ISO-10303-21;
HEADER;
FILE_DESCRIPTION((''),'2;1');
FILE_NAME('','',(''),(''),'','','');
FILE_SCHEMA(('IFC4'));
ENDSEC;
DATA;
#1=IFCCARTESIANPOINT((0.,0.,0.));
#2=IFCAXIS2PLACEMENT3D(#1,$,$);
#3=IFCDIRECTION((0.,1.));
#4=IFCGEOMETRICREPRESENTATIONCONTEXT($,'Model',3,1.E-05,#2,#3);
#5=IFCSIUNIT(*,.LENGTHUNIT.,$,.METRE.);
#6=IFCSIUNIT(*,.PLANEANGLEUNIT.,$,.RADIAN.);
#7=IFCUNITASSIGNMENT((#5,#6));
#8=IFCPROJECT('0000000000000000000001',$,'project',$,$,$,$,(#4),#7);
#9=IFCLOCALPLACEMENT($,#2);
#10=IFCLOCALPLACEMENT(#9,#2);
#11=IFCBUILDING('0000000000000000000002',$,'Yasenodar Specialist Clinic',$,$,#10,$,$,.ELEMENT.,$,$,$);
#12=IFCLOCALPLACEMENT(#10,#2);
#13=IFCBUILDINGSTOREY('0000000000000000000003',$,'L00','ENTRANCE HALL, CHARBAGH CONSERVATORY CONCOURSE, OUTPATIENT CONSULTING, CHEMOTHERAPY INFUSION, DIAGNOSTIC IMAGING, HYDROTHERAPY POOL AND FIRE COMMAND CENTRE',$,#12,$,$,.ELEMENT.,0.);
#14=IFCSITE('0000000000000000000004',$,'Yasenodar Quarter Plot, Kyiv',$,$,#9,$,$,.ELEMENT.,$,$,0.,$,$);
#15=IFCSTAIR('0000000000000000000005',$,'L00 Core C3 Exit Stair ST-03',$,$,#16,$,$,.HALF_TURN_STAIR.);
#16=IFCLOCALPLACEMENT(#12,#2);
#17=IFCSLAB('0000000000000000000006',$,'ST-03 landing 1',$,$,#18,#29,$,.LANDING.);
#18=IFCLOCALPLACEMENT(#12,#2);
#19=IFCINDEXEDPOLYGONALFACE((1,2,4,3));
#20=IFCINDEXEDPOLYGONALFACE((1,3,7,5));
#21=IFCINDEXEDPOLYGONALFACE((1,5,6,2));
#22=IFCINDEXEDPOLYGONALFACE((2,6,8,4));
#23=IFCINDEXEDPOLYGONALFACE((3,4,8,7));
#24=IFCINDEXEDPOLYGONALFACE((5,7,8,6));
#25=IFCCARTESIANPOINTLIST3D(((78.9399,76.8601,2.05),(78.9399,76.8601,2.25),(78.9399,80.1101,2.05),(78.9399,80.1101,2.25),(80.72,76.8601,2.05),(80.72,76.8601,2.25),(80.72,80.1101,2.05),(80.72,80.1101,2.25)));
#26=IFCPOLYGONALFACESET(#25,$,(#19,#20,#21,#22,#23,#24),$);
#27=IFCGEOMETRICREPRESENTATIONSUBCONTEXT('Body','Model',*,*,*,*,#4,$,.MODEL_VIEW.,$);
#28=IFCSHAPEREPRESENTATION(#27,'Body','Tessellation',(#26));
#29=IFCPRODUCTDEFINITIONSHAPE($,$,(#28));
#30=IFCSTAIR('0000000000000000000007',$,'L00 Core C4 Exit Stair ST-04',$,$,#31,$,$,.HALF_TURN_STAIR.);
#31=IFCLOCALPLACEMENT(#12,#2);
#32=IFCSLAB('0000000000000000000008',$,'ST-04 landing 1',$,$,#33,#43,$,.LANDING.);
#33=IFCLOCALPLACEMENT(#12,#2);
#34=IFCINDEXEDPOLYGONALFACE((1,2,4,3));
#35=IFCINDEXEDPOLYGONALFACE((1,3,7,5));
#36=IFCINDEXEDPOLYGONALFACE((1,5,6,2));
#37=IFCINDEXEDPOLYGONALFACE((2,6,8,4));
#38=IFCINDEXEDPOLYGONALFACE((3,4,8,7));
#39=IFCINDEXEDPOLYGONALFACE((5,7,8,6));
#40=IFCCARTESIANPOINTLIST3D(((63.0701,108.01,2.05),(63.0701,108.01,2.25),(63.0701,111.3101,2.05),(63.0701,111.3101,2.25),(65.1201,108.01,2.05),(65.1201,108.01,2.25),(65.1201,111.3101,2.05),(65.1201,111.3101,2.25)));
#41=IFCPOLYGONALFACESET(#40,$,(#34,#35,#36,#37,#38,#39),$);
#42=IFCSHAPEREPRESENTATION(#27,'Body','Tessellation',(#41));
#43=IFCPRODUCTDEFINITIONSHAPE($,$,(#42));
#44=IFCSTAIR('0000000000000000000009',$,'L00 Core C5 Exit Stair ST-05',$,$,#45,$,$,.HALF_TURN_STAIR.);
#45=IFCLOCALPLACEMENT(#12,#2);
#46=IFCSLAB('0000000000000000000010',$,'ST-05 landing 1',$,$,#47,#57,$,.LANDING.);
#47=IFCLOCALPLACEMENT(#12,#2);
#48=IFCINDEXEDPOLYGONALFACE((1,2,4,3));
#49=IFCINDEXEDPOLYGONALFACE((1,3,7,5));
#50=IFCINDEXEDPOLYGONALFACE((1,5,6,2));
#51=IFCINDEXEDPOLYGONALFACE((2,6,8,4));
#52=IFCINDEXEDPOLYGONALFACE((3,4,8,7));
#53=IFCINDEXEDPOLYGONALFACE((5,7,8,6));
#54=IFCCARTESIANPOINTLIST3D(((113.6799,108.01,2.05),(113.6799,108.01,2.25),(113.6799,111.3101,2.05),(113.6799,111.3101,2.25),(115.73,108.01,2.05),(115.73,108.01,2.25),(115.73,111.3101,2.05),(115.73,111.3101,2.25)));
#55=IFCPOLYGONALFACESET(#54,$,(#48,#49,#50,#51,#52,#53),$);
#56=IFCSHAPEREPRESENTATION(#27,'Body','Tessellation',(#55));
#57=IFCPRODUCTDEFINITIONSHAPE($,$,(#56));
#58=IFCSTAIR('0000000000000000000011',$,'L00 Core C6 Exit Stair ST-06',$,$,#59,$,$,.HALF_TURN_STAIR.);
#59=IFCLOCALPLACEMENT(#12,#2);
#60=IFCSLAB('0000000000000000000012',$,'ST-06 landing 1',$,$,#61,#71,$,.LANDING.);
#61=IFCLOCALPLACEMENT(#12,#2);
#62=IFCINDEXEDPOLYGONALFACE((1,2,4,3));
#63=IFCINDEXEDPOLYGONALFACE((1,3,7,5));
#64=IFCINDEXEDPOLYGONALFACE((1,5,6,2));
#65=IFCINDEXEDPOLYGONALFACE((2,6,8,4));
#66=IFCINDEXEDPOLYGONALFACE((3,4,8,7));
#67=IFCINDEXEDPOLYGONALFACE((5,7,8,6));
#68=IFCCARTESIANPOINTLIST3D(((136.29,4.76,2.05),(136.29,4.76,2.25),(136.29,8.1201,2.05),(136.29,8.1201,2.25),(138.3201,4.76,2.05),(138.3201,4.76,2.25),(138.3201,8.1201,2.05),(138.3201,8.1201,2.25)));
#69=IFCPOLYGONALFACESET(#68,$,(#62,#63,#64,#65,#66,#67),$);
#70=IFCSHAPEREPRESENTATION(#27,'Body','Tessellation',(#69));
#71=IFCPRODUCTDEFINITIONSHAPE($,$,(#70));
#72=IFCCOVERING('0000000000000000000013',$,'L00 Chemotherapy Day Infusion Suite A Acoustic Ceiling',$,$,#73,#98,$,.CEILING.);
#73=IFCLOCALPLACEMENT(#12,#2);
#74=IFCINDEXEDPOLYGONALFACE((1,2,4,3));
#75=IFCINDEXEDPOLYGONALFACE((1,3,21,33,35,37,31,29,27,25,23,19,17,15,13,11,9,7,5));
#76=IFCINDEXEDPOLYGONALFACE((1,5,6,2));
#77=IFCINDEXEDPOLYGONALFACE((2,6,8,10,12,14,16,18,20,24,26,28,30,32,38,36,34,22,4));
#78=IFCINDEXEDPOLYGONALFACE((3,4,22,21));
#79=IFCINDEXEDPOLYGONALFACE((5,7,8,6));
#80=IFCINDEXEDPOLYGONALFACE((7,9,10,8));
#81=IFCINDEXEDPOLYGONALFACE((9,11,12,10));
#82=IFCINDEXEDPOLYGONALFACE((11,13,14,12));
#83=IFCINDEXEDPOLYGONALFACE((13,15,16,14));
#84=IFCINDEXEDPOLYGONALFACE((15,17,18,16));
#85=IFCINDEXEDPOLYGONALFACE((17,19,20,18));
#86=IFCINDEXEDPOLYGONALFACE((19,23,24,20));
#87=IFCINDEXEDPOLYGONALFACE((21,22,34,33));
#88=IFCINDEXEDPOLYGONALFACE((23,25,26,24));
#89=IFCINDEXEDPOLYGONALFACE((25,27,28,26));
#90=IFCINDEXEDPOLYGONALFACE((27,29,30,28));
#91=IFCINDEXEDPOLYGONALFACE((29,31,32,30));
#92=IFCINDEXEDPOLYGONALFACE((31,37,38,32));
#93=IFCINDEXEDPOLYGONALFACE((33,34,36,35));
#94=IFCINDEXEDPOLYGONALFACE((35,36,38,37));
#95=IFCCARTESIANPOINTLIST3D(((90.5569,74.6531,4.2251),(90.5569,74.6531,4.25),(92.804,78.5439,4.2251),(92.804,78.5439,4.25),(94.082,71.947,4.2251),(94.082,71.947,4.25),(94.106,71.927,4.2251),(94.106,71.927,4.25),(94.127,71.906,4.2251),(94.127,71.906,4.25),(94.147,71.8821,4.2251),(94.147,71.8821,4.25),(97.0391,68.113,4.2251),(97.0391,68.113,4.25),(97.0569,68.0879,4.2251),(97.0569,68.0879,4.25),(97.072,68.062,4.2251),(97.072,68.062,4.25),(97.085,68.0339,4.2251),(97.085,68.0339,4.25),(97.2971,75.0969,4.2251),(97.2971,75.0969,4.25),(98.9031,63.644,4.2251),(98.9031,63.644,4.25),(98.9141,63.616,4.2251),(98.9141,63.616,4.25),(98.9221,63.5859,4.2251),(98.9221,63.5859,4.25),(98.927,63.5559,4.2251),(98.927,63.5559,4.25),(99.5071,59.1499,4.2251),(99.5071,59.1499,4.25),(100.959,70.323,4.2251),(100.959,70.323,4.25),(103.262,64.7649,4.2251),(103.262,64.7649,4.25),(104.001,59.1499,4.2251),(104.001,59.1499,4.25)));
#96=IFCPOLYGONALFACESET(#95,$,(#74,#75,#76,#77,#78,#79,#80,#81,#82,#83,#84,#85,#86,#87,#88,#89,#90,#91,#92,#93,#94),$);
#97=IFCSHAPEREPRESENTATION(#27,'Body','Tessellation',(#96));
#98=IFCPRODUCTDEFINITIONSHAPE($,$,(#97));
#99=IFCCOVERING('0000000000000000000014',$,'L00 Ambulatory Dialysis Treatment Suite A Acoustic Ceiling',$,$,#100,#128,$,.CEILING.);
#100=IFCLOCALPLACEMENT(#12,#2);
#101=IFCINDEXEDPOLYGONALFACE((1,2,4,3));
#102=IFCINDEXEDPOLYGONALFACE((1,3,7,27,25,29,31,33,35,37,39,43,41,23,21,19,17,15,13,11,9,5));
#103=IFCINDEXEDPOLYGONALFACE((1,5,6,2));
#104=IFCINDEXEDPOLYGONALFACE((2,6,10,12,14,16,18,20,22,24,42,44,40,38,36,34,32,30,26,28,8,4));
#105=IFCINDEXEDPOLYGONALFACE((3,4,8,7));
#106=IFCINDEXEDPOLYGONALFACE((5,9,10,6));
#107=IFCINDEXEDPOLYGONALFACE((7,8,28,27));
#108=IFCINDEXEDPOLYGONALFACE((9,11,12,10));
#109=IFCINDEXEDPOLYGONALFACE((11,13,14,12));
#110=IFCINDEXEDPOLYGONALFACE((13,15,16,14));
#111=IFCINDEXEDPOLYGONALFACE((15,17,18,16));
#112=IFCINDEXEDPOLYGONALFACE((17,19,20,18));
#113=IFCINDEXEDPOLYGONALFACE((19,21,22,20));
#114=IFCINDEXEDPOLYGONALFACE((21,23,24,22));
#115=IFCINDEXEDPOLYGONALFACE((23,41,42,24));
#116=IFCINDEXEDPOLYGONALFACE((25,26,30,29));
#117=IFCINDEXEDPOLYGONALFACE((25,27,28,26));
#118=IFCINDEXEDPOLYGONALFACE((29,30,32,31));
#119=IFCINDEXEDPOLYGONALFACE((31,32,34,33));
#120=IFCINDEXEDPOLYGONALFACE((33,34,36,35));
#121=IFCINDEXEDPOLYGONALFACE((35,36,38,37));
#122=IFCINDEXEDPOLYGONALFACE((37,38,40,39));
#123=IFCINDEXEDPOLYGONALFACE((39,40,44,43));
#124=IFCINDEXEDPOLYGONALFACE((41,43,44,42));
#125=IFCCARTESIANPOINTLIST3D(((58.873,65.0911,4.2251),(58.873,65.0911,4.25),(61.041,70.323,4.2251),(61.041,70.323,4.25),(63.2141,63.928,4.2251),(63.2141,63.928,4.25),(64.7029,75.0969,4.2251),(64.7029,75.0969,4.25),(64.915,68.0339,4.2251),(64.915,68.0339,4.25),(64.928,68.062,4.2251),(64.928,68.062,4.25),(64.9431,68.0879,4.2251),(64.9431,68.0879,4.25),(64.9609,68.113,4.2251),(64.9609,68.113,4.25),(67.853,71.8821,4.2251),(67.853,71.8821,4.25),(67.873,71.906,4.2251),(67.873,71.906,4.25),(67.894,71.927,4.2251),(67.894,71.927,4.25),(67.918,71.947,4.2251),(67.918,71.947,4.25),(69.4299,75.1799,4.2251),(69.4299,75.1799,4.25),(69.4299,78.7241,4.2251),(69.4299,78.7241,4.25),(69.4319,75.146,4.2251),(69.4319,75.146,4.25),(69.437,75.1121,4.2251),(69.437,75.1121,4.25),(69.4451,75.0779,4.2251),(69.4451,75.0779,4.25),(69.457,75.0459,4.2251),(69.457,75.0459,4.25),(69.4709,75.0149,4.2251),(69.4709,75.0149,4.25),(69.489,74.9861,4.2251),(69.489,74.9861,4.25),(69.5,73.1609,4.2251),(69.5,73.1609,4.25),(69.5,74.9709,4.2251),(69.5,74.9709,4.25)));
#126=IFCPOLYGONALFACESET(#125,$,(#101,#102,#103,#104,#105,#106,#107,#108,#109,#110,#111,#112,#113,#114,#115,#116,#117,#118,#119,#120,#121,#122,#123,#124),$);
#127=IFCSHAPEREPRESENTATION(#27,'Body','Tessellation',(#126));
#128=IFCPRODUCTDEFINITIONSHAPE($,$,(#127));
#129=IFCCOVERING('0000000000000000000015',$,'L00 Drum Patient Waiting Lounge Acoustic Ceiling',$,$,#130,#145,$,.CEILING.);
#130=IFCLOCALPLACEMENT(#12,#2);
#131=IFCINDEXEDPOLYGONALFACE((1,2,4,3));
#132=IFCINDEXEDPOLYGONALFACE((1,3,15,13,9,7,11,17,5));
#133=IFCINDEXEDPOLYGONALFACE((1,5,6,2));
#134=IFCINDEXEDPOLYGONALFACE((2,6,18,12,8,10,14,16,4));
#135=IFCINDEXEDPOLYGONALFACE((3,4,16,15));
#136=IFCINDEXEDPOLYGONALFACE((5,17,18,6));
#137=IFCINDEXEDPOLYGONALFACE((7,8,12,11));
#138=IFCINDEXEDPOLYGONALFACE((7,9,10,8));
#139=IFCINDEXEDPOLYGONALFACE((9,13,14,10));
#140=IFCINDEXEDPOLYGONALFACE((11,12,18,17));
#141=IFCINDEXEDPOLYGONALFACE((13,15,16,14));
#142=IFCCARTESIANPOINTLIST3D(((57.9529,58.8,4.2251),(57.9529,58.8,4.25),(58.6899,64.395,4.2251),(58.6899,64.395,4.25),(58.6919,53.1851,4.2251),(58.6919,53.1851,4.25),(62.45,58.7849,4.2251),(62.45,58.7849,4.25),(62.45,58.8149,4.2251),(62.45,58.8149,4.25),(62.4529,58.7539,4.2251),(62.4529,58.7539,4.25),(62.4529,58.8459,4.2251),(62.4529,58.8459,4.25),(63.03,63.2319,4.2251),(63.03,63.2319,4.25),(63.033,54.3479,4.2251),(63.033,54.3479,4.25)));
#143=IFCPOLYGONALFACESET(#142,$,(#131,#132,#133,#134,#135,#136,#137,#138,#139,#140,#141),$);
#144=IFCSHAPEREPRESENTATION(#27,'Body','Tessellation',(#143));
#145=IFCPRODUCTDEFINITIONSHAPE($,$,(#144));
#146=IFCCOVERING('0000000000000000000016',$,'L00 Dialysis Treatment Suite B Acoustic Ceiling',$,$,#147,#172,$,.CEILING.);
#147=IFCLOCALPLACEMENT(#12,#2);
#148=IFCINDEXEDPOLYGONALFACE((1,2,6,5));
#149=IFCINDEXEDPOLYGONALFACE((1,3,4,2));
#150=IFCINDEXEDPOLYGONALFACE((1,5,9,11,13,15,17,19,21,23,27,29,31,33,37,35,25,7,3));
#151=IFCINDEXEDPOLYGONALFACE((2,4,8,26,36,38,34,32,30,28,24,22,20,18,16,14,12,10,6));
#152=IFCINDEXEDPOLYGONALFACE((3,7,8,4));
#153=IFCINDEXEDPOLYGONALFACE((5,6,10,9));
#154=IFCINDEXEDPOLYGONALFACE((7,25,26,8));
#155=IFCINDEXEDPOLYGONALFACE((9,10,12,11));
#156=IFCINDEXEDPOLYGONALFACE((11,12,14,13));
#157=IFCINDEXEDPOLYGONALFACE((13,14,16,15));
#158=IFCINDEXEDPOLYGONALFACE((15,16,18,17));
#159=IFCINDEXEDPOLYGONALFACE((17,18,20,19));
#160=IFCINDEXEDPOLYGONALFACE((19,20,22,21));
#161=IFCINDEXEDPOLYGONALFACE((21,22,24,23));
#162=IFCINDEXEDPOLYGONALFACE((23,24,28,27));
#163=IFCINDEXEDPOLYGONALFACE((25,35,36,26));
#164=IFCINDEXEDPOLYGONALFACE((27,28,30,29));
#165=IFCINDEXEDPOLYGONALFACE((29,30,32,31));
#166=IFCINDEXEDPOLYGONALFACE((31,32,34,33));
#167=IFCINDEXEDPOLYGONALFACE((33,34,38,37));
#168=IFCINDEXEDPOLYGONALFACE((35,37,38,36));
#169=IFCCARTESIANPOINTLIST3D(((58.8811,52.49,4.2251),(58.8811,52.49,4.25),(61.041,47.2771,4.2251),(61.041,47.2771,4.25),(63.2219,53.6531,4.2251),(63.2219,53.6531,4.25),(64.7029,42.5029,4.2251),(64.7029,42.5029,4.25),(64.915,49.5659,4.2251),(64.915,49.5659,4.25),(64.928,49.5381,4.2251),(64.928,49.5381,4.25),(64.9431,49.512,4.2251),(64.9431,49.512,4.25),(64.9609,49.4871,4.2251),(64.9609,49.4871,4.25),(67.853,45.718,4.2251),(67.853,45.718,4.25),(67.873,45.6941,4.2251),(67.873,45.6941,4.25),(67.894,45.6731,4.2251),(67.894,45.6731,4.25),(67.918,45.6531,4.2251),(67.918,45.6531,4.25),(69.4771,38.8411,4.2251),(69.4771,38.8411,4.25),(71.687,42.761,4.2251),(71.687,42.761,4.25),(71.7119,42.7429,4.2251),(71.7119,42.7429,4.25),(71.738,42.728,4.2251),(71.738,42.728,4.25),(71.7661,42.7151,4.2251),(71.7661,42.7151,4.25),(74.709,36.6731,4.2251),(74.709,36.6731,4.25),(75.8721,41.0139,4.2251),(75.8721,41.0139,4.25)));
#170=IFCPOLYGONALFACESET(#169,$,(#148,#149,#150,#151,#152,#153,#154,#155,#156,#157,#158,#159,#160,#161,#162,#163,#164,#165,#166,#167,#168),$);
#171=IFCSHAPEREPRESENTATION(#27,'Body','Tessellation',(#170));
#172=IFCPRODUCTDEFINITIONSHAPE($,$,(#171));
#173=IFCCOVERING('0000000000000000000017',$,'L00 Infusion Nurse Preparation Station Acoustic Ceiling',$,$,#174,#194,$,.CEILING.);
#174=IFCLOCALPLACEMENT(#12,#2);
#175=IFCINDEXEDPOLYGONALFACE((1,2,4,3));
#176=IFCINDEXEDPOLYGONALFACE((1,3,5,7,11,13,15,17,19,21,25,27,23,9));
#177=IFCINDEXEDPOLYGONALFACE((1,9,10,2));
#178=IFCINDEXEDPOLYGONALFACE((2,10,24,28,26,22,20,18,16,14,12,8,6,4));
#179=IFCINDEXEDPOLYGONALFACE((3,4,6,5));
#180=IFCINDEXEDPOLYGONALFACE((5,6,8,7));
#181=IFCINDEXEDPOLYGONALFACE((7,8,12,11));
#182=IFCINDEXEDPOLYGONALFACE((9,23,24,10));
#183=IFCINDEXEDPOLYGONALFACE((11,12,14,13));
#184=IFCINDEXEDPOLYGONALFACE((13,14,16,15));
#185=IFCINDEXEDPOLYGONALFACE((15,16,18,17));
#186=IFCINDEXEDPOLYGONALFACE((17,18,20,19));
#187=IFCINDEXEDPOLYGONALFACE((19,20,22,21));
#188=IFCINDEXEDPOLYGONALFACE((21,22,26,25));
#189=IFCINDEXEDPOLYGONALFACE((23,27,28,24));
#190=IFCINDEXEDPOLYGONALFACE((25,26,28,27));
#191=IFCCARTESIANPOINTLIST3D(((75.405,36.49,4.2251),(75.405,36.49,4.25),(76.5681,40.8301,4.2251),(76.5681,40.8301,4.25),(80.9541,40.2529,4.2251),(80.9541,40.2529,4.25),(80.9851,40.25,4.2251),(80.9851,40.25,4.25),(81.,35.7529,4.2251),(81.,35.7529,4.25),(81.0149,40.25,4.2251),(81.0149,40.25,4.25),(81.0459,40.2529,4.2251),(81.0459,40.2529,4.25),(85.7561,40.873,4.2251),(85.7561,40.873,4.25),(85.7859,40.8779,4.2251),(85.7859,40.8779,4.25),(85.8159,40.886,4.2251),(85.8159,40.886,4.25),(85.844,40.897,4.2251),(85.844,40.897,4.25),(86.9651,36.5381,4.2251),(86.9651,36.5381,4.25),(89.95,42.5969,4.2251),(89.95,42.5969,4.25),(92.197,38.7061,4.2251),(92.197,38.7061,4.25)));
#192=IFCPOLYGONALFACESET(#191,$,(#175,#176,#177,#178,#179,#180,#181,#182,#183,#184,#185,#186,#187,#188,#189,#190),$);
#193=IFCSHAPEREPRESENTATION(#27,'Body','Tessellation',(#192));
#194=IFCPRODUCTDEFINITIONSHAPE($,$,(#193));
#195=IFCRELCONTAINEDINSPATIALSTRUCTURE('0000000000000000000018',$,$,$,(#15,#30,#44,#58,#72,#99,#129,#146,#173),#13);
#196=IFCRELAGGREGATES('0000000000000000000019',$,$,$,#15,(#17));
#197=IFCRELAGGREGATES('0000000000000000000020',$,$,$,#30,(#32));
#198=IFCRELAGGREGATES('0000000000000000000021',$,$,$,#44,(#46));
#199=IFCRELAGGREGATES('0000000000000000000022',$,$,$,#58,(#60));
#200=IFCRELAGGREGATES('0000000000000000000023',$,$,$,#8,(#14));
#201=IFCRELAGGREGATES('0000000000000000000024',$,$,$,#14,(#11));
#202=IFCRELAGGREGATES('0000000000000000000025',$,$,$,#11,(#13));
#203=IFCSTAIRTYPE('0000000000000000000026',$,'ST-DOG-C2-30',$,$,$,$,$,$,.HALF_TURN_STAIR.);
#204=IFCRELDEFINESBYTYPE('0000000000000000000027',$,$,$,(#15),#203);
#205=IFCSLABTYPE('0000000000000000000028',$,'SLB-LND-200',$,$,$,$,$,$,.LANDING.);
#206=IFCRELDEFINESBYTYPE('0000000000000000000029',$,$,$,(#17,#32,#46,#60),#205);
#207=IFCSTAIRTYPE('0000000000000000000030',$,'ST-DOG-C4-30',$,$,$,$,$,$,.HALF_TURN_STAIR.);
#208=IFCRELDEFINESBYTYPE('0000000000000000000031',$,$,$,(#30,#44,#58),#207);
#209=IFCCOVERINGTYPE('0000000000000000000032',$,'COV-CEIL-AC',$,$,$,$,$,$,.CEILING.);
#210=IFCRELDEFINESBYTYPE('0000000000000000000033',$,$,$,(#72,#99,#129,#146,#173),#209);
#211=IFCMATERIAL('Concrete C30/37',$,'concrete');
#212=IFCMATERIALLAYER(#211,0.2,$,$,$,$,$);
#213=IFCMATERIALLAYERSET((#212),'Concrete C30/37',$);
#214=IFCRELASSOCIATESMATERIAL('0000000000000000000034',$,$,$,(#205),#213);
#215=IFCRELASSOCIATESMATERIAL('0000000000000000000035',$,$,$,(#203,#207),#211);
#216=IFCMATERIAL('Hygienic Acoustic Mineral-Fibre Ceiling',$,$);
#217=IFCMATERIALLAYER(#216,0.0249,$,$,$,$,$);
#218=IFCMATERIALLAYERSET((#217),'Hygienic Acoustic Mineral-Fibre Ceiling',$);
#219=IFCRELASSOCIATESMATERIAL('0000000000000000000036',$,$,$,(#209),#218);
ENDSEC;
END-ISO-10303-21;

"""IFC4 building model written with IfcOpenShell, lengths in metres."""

from ifc_helpers import new_model, si_unit, direction, frame, origin, place, context, subcontext, project, spatial, polyline, outline, extrude, material, layer, layer_set, type_object, element, aggregate, save


model = new_model("IFC4")

# Units and contexts
model_context = context("Model", 3, precision=1e-05, world=origin(), true_north=direction((0.0, 1.0)))
body_context = subcontext(model_context, "Body", "Model", "MODEL_VIEW")
ifc_project = project(units=[si_unit("LENGTHUNIT", "METRE"), si_unit("PLANEANGLEUNIT", "RADIAN")], contexts=[model_context])

# Site, building, storey
site_placement = place(None, origin())
site = spatial("IfcSite", under=ifc_project, at=site_placement, Name="Yasenodar Quarter Plot, Kyiv", CompositionType="ELEMENT", RefElevation=0.0)
building_placement = place(site_placement, origin())
building = spatial("IfcBuilding", under=site, at=building_placement, Name="Yasenodar Specialist Clinic", CompositionType="ELEMENT")
storey_placement = place(building_placement, origin())
storey = spatial("IfcBuildingStorey", under=building, at=storey_placement, Name="L00", Description="ENTRANCE HALL, CHARBAGH CONSERVATORY CONCOURSE, OUTPATIENT CONSULTING, CHEMOTHERAPY INFUSION, DIAGNOSTIC IMAGING, HYDROTHERAPY POOL AND FIRE COMMAND CENTRE", CompositionType="ELEMENT", Elevation=0.0)

# Stairs, slabs
ifc_material_1 = material(Name="Concrete C30/37", Category="concrete")
ifc_layer_1 = layer(ifc_material_1, 0.2)
ifc_layer_set_1 = layer_set([ifc_layer_1], Name="Concrete C30/37")
slab_type = type_object("IfcSlabType", Name="SLB-LND-200", PredefinedType="LANDING", material=ifc_layer_set_1)
stair_type_1 = type_object("IfcStairType", Name="ST-DOG-C2-30", PredefinedType="HALF_TURN_STAIR", material=ifc_material_1)
stair_1_placement = place(storey_placement, origin())
stair_1 = element("IfcStair", 1, at=stair_1_placement, inside=storey, type_object=stair_type_1, Name="L00 Core C3 Exit Stair ST-03", PredefinedType="HALF_TURN_STAIR")
slab_1_placement = place(storey_placement, frame((0.0, 0.0, 2.05)))
slab_1 = element("IfcSlab", 2, at=slab_1_placement, type_object=slab_type, Name="ST-03 landing 1", PredefinedType="LANDING", context=body_context, shape_type="SweptSolid", body=[
    extrude(outline(polyline([(78.9399, 76.8601), (80.72, 76.8601), (80.72, 80.1101), (78.9399, 80.1101), (78.9399, 76.8601)])), origin(), (0.0, 0.0, 1.0), 0.2),
])
aggregate(stair_1, [slab_1])
stair_type_2 = type_object("IfcStairType", Name="ST-DOG-C4-30", PredefinedType="HALF_TURN_STAIR", material=ifc_material_1)
stair_2_placement = place(storey_placement, origin())
stair_2 = element("IfcStair", 3, at=stair_2_placement, inside=storey, type_object=stair_type_2, Name="L00 Core C4 Exit Stair ST-04", PredefinedType="HALF_TURN_STAIR")
slab_2_placement = place(storey_placement, frame((0.0, 0.0, 2.05)))
slab_2 = element("IfcSlab", 4, at=slab_2_placement, type_object=slab_type, Name="ST-04 landing 1", PredefinedType="LANDING", context=body_context, shape_type="SweptSolid", body=[
    extrude(outline(polyline([(63.0701, 108.01), (65.1201, 108.01), (65.1201, 111.3101), (63.0701, 111.3101), (63.0701, 108.01)])), origin(), (0.0, 0.0, 1.0), 0.2),
])
aggregate(stair_2, [slab_2])
stair_3_placement = place(storey_placement, origin())
stair_3 = element("IfcStair", 5, at=stair_3_placement, inside=storey, type_object=stair_type_2, Name="L00 Core C5 Exit Stair ST-05", PredefinedType="HALF_TURN_STAIR")
slab_3_placement = place(storey_placement, frame((0.0, 0.0, 2.05)))
slab_3 = element("IfcSlab", 6, at=slab_3_placement, type_object=slab_type, Name="ST-05 landing 1", PredefinedType="LANDING", context=body_context, shape_type="SweptSolid", body=[
    extrude(outline(polyline([(115.73, 111.3101), (113.6799, 111.3101), (113.6799, 108.01), (115.73, 108.01), (115.73, 111.3101)])), origin(), (0.0, 0.0, 1.0), 0.2),
])
aggregate(stair_3, [slab_3])
stair_4_placement = place(storey_placement, origin())
stair_4 = element("IfcStair", 7, at=stair_4_placement, inside=storey, type_object=stair_type_2, Name="L00 Core C6 Exit Stair ST-06", PredefinedType="HALF_TURN_STAIR")
slab_4_placement = place(storey_placement, frame((0.0, 0.0, 2.05)))
slab_4 = element("IfcSlab", 8, at=slab_4_placement, type_object=slab_type, Name="ST-06 landing 1", PredefinedType="LANDING", context=body_context, shape_type="SweptSolid", body=[
    extrude(outline(polyline([(136.29, 4.76), (138.3201, 4.76), (138.3201, 8.1201), (136.29, 8.1201), (136.29, 4.76)])), origin(), (0.0, 0.0, 1.0), 0.2),
])
aggregate(stair_4, [slab_4])

# Coverings
ifc_material_2 = material(Name="Hygienic Acoustic Mineral-Fibre Ceiling")
ifc_layer_2 = layer(ifc_material_2, 0.0249)
ifc_layer_set_2 = layer_set([ifc_layer_2], Name="Hygienic Acoustic Mineral-Fibre Ceiling")
covering_type_1 = type_object("IfcCoveringType", Name="COV-CEIL-AC", PredefinedType="CEILING", material=ifc_layer_set_2)
covering_1_placement = place(storey_placement, frame((0.0, 0.0, 4.2251)))
element("IfcCovering", 9, at=covering_1_placement, inside=storey, type_object=covering_type_1, Name="L00 Chemotherapy Day Infusion Suite A Acoustic Ceiling", PredefinedType="CEILING", context=body_context, shape_type="SweptSolid", body=[
    extrude(outline(polyline([(98.9221, 63.5859), (98.9141, 63.616), (98.9031, 63.644), (97.085, 68.0339), (97.072, 68.062), (97.0569, 68.0879), (97.0391, 68.113), (94.147, 71.8821), (94.127, 71.906), (94.106, 71.927), (94.082, 71.947), (90.5569, 74.6531), (92.804, 78.5439), (97.2971, 75.0969), (100.959, 70.323), (103.262, 64.7649), (104.001, 59.1499), (99.5071, 59.1499), (98.927, 63.5559), (98.9221, 63.5859)])), origin(), (0.0, 0.0, 1.0), 0.0249),
])
covering_2_placement = place(storey_placement, frame((0.0, 0.0, 4.2251)))
element("IfcCovering", 10, at=covering_2_placement, inside=storey, type_object=covering_type_1, Name="L00 Ambulatory Dialysis Treatment Suite A Acoustic Ceiling", PredefinedType="CEILING", context=body_context, shape_type="SweptSolid", body=[
    extrude(outline(polyline([(67.873, 71.906), (67.853, 71.8821), (64.9609, 68.113), (64.9431, 68.0879), (64.928, 68.062), (64.915, 68.0339), (63.2141, 63.928), (58.873, 65.0911), (61.041, 70.323), (64.7029, 75.0969), (69.4299, 78.7241), (69.4299, 75.1799), (69.4319, 75.146), (69.437, 75.1121), (69.4451, 75.0779), (69.457, 75.0459), (69.4709, 75.0149), (69.489, 74.9861), (69.5, 74.9709), (69.5, 73.1609), (67.918, 71.947), (67.894, 71.927), (67.873, 71.906)])), origin(), (0.0, 0.0, 1.0), 0.0249),
])
covering_3_placement = place(storey_placement, frame((0.0, 0.0, 4.2251)))
element("IfcCovering", 11, at=covering_3_placement, inside=storey, type_object=covering_type_1, Name="L00 Drum Patient Waiting Lounge Acoustic Ceiling", PredefinedType="CEILING", context=body_context, shape_type="SweptSolid", body=[
    extrude(outline(polyline([(62.45, 58.7849), (62.4529, 58.7539), (63.033, 54.3479), (58.6919, 53.1851), (57.9529, 58.8), (58.6899, 64.395), (63.03, 63.2319), (62.4529, 58.8459), (62.45, 58.8149), (62.45, 58.7849)])), origin(), (0.0, 0.0, 1.0), 0.0249),
])
covering_4_placement = place(storey_placement, frame((0.0, 0.0, 4.2251)))
element("IfcCovering", 12, at=covering_4_placement, inside=storey, type_object=covering_type_1, Name="L00 Dialysis Treatment Suite B Acoustic Ceiling", PredefinedType="CEILING", context=body_context, shape_type="SweptSolid", body=[
    extrude(outline(polyline([(64.9431, 49.512), (64.9609, 49.4871), (67.853, 45.718), (67.873, 45.6941), (67.894, 45.6731), (67.918, 45.6531), (71.687, 42.761), (71.7119, 42.7429), (71.738, 42.728), (71.7661, 42.7151), (75.8721, 41.0139), (74.709, 36.6731), (69.4771, 38.8411), (64.7029, 42.5029), (61.041, 47.2771), (58.8811, 52.49), (63.2219, 53.6531), (64.915, 49.5659), (64.928, 49.5381), (64.9431, 49.512)])), origin(), (0.0, 0.0, 1.0), 0.0249),
])
covering_5_placement = place(storey_placement, frame((0.0, 0.0, 4.2251)))
element("IfcCovering", 13, at=covering_5_placement, inside=storey, type_object=covering_type_1, Name="L00 Infusion Nurse Preparation Station Acoustic Ceiling", PredefinedType="CEILING", context=body_context, shape_type="SweptSolid", body=[
    extrude(outline(polyline([(81.0149, 40.25), (81.0459, 40.2529), (85.7561, 40.873), (85.7859, 40.8779), (85.8159, 40.886), (85.844, 40.897), (89.95, 42.5969), (92.197, 38.7061), (86.9651, 36.5381), (81.0, 35.7529), (75.405, 36.49), (76.5681, 40.8301), (80.9541, 40.2529), (80.9851, 40.25), (81.0149, 40.25)])), origin(), (0.0, 0.0, 1.0), 0.0249),
])

save(model, "model.ifc")
